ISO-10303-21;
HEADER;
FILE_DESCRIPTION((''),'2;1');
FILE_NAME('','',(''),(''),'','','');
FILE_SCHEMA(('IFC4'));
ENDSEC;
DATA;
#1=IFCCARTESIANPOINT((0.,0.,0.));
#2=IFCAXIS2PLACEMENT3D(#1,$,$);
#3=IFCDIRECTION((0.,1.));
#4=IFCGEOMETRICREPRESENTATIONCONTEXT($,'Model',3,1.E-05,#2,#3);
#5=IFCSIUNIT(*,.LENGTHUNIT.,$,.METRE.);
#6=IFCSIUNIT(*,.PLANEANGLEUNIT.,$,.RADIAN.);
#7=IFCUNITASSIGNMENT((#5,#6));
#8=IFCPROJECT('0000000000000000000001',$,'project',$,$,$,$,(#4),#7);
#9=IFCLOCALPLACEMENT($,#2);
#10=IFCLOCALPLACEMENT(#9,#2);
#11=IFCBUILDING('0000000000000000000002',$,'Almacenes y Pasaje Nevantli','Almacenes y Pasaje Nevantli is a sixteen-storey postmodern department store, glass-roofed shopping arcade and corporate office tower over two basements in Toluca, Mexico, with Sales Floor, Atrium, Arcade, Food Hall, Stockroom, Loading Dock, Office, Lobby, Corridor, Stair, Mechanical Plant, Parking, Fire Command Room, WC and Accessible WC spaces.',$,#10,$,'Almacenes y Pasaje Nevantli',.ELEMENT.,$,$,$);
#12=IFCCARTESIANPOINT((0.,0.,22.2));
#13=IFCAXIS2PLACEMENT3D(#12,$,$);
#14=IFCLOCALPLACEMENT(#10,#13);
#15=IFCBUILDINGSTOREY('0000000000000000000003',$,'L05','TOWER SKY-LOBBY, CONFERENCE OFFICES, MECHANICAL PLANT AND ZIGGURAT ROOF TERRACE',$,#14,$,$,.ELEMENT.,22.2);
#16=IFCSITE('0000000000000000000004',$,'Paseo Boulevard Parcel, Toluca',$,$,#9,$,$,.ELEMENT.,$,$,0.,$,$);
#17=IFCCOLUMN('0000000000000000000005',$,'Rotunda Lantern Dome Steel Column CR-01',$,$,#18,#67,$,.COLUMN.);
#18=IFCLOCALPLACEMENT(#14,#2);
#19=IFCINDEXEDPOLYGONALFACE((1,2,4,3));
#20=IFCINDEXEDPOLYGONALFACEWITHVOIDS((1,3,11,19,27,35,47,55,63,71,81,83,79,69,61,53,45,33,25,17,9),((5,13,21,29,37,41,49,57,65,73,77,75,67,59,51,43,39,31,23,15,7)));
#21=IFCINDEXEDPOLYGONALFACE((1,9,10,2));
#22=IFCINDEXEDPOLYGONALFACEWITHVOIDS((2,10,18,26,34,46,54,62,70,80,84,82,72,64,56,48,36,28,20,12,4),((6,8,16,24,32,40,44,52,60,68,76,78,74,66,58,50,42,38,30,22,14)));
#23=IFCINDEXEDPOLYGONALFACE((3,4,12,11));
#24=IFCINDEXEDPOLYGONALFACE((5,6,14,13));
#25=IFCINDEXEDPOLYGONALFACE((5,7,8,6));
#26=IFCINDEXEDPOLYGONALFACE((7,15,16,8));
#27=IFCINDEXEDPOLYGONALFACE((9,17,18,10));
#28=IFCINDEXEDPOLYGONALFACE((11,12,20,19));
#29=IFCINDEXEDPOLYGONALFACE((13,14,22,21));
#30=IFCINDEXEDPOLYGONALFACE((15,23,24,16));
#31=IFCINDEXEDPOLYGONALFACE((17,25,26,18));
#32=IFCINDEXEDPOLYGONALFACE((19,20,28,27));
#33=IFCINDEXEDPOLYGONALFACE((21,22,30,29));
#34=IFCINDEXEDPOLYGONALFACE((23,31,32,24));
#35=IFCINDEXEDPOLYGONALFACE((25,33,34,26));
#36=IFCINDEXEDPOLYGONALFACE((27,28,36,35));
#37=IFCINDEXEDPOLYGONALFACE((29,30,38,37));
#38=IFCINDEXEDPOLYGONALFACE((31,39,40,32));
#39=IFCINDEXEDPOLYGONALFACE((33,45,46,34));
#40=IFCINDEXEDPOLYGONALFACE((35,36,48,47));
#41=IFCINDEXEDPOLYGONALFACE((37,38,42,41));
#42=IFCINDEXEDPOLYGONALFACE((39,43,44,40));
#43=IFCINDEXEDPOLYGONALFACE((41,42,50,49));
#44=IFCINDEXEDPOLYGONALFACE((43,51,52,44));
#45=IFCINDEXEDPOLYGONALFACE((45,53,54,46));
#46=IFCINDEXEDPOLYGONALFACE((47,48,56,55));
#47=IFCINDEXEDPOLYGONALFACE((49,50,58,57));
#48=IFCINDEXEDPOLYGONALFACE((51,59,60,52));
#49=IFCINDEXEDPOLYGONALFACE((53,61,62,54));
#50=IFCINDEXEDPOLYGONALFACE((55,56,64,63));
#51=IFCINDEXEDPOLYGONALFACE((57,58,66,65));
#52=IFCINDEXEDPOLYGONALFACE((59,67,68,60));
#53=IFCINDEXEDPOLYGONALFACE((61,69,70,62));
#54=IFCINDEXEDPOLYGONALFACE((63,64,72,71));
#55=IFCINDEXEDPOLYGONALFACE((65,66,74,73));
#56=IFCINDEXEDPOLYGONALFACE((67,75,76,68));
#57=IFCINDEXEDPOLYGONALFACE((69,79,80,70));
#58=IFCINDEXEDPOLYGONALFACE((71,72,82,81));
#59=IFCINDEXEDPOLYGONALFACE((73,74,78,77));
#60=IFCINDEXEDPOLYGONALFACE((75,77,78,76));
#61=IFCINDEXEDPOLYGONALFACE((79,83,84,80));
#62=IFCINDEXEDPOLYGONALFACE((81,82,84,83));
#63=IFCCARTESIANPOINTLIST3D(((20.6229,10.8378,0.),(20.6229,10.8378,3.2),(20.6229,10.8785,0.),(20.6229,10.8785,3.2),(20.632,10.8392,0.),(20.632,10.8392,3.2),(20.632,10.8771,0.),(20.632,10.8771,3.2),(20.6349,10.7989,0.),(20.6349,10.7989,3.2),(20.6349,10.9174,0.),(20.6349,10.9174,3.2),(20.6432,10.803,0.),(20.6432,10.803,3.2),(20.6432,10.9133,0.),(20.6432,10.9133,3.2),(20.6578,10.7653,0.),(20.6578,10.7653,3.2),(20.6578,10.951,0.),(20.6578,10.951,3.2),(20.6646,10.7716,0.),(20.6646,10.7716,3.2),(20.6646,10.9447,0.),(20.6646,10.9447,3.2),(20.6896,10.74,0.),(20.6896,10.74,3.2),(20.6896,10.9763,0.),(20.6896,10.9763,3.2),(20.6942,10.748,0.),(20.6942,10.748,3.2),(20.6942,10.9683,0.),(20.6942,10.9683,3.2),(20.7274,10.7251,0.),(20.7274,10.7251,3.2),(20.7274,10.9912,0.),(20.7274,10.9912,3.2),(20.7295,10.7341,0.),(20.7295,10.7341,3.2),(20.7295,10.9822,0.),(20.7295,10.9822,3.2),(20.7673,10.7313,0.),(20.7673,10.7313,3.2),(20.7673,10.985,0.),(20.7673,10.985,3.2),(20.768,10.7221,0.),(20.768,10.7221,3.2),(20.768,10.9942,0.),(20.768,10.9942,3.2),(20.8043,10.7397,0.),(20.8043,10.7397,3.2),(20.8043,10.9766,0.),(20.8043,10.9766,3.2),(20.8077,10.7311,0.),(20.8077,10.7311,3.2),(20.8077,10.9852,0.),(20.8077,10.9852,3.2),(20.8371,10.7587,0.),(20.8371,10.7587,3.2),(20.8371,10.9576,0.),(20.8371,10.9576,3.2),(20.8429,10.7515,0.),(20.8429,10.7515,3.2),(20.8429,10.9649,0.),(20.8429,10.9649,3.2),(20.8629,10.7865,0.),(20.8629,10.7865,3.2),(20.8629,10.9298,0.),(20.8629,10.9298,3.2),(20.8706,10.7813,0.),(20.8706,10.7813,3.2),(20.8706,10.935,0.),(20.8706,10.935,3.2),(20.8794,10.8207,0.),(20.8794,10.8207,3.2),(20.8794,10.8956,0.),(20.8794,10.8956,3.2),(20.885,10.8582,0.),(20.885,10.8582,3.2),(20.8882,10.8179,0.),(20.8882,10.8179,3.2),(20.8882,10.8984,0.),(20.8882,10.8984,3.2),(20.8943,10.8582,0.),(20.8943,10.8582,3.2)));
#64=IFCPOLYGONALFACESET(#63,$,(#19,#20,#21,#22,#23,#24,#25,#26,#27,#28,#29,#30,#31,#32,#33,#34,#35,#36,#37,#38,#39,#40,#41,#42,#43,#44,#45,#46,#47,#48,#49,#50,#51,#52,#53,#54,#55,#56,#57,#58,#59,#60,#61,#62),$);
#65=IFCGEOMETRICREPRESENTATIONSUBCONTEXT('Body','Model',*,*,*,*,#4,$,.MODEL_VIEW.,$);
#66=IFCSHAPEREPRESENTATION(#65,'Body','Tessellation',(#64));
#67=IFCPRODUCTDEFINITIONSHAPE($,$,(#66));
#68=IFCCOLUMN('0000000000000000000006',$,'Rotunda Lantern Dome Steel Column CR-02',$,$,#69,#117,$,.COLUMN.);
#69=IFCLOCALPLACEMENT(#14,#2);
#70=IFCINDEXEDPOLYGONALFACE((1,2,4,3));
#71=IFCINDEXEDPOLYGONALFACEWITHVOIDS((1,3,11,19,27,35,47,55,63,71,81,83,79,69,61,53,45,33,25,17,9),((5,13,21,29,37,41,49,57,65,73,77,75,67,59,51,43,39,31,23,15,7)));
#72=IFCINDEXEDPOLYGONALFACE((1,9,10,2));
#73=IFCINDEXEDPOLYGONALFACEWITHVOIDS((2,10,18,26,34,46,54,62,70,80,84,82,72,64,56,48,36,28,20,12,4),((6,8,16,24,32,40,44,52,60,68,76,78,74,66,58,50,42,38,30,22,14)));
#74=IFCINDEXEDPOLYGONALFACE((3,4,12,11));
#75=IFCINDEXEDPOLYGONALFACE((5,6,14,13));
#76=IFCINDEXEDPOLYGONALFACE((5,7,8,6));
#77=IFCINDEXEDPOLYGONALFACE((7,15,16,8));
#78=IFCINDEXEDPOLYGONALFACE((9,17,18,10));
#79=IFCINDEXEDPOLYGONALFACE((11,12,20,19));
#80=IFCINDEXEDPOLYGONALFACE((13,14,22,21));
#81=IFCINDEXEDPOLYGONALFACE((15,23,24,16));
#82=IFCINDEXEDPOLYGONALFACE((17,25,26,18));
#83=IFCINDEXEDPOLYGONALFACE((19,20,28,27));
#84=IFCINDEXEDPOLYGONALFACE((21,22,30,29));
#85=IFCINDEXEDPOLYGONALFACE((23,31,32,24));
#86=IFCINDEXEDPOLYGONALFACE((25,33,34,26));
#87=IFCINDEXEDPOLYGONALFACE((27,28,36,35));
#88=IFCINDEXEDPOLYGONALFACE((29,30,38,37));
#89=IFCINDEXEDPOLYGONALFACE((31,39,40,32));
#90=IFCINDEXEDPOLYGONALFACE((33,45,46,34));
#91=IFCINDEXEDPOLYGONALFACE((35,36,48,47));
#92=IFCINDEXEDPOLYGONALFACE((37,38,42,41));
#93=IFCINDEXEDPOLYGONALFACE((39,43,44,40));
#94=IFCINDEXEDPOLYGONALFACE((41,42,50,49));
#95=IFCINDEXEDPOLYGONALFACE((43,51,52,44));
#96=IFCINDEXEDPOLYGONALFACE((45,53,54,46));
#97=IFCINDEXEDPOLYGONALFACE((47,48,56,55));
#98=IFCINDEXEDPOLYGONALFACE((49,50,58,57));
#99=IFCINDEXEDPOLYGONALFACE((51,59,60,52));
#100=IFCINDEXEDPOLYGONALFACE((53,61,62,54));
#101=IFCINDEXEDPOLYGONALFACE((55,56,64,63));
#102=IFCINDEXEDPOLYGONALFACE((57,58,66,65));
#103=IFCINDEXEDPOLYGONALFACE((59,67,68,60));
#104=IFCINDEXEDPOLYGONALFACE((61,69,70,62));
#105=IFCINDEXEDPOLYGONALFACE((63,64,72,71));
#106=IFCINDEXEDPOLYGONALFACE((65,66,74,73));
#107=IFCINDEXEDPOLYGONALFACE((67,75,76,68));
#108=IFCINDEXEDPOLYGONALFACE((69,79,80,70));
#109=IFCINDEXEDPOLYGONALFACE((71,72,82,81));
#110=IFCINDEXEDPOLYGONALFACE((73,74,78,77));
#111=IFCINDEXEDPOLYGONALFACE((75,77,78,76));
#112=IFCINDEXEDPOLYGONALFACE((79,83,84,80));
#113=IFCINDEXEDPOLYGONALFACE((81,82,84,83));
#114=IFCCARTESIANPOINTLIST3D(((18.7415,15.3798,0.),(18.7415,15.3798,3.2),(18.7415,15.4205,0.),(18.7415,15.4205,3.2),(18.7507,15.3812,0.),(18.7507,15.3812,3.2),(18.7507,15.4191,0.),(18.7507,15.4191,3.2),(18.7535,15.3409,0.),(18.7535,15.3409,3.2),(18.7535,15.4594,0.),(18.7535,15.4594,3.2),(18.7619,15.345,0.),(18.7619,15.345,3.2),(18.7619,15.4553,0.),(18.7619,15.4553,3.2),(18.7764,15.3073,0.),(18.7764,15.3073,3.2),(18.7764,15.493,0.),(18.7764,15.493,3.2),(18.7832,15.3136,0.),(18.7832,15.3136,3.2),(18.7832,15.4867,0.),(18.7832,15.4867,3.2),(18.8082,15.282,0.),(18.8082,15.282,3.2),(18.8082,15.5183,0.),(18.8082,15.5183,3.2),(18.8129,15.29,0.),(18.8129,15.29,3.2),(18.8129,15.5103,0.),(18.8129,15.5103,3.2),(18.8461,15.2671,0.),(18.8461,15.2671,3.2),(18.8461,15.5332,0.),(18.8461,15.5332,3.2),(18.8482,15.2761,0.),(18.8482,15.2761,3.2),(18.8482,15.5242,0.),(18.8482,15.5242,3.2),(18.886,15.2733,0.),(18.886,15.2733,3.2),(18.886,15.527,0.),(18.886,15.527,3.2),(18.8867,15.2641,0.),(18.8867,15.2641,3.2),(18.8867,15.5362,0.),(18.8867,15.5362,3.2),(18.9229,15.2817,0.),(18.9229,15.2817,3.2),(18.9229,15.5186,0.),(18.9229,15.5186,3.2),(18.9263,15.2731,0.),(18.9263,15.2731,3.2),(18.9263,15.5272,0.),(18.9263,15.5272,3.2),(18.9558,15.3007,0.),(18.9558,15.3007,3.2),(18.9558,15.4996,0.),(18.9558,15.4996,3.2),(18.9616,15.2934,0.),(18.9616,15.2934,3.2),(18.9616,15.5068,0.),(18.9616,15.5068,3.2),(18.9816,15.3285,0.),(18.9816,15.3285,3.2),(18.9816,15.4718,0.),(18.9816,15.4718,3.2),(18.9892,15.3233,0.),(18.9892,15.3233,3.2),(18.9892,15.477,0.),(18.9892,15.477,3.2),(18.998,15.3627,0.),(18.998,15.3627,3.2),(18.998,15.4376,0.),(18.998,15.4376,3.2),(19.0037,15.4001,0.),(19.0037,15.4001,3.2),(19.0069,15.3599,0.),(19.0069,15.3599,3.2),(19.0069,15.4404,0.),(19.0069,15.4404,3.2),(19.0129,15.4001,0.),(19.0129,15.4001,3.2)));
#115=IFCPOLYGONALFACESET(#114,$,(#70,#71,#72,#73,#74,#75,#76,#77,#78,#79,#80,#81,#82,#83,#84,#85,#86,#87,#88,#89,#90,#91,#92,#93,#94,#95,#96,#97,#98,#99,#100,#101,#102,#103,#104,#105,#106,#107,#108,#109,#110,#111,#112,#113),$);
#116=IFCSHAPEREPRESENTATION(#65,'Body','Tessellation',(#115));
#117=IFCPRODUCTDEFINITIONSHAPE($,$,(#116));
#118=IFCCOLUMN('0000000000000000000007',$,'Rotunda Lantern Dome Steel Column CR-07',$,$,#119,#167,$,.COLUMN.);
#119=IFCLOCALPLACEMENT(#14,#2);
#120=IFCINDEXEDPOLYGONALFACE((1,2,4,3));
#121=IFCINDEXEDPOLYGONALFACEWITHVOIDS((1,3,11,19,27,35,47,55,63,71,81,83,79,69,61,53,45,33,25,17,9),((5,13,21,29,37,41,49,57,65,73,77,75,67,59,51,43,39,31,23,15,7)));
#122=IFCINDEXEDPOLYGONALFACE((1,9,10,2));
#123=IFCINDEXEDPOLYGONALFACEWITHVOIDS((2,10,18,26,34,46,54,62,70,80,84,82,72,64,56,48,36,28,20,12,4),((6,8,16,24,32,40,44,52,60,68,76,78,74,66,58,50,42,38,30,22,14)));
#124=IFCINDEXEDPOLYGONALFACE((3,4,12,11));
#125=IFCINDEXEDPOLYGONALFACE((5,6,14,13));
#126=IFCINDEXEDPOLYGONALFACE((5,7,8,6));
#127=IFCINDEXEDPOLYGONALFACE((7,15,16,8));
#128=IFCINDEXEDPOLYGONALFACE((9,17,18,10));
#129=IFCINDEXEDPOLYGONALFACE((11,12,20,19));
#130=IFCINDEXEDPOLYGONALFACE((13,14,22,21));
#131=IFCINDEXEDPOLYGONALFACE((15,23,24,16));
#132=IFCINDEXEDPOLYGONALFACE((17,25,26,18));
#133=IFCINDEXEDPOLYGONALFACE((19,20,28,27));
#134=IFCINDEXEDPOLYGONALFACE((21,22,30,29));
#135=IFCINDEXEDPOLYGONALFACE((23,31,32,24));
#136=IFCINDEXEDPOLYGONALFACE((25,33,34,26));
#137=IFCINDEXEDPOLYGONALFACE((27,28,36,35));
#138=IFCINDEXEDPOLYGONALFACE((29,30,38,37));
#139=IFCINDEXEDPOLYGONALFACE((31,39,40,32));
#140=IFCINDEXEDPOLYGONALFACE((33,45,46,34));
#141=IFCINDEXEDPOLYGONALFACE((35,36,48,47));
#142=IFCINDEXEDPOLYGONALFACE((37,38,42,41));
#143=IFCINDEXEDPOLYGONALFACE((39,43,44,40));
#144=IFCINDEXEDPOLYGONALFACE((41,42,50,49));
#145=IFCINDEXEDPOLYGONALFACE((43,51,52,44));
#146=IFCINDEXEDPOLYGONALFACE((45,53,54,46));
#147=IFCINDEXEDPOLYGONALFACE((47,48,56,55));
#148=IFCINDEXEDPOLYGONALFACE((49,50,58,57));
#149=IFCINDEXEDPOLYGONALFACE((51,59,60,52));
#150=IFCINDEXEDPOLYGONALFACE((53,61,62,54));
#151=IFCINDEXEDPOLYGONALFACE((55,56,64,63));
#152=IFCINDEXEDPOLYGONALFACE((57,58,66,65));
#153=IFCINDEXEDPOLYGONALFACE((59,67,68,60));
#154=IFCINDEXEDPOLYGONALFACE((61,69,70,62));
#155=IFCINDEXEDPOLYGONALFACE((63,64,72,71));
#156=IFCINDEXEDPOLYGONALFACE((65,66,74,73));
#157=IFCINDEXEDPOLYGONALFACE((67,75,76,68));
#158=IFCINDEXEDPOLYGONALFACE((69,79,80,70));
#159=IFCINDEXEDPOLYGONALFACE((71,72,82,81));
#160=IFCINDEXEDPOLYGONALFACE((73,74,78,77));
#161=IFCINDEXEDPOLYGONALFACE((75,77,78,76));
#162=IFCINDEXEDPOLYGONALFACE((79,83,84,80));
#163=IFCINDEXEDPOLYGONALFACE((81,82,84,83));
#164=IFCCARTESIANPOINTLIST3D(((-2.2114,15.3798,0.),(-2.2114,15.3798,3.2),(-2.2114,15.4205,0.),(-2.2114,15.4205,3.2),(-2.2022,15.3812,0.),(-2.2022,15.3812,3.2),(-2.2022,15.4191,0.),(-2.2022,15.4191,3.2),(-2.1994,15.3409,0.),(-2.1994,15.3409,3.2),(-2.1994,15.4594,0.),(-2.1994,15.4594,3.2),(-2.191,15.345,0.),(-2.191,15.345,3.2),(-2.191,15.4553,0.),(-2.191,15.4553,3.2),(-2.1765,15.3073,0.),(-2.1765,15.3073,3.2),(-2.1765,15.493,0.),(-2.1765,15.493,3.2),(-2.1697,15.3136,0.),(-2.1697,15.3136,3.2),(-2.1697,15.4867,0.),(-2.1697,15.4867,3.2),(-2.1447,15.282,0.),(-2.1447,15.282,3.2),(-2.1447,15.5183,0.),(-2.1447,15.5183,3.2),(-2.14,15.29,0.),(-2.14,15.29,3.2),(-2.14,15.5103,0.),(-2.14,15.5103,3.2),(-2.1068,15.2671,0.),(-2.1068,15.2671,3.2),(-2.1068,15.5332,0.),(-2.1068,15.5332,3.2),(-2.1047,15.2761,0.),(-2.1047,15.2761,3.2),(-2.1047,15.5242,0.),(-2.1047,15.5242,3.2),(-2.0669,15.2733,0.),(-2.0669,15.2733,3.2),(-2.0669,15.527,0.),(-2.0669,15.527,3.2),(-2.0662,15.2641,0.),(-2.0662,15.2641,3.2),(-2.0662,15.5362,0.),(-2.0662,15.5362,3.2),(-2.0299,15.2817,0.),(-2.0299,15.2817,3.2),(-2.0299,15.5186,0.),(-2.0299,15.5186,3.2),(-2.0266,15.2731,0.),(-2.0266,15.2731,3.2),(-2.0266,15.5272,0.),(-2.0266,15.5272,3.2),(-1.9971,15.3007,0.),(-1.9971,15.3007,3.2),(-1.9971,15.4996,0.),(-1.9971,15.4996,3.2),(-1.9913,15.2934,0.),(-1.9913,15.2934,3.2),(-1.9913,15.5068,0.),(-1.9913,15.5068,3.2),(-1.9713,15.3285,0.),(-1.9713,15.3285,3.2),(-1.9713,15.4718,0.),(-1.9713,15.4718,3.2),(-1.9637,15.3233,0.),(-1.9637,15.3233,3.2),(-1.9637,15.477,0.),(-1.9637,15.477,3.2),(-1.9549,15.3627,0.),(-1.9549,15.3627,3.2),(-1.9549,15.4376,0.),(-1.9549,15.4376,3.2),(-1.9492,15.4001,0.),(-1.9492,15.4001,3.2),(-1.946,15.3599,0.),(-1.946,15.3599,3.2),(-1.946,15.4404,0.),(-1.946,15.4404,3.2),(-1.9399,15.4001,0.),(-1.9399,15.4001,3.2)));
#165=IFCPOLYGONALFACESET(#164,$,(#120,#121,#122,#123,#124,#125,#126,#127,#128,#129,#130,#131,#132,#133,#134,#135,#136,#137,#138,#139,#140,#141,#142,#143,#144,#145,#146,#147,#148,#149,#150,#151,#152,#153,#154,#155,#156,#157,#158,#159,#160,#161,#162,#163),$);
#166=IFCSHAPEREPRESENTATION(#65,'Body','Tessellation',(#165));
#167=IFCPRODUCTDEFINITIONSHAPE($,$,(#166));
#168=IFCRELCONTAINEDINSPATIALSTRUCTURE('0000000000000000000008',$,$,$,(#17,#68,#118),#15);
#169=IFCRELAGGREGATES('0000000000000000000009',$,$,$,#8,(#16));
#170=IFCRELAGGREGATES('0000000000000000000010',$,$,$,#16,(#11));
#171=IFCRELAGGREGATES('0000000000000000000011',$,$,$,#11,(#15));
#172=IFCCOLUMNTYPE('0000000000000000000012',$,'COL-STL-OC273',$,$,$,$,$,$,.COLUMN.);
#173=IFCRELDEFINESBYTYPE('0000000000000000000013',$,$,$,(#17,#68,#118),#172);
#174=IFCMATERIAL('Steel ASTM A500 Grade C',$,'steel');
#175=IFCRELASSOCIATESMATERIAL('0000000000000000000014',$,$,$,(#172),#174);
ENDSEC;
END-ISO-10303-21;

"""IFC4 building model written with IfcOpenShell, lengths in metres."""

from ifc_helpers import new_model, si_unit, direction, frame, origin, origin_2d, place, context, subcontext, project, spatial, hollow_circle, extrude, material, material_profile, profile_set, type_object, element, save


model = new_model("IFC4")

# Units and contexts
model_context = context("Model", 3, precision=1e-05, world=origin(), true_north=direction((0.0, 1.0)))
body_context = subcontext(model_context, "Body", "Model", "MODEL_VIEW")
ifc_project = project(units=[si_unit("LENGTHUNIT", "METRE"), si_unit("PLANEANGLEUNIT", "RADIAN")], contexts=[model_context])

# Site, building, storey
site_placement = place(None, origin())
site = spatial("IfcSite", under=ifc_project, at=site_placement, Name="Paseo Boulevard Parcel, Toluca", CompositionType="ELEMENT", RefElevation=0.0)
building_placement = place(site_placement, origin())
building = spatial("IfcBuilding", under=site, at=building_placement, Name="Almacenes y Pasaje Nevantli", Description="Almacenes y Pasaje Nevantli is a sixteen-storey postmodern department store, glass-roofed shopping arcade and corporate office tower over two basements in Toluca, Mexico, with Sales Floor, Atrium, Arcade, Food Hall, Stockroom, Loading Dock, Office, Lobby, Corridor, Stair, Mechanical Plant, Parking, Fire Command Room, WC and Accessible WC spaces.", LongName="Almacenes y Pasaje Nevantli", CompositionType="ELEMENT")
storey_placement = place(building_placement, frame((0.0, 0.0, 22.2)))
storey = spatial("IfcBuildingStorey", under=building, at=storey_placement, Name="L05", Description="TOWER SKY-LOBBY, CONFERENCE OFFICES, MECHANICAL PLANT AND ZIGGURAT ROOF TERRACE", CompositionType="ELEMENT", Elevation=22.2)

# Columns
ifc_material_1 = material(Name="Steel ASTM A500 Grade C", Category="steel")
ifc_material_profile_1 = material_profile(ifc_material_1, hollow_circle(Radius=0.1365, WallThickness=0.0093, at=origin_2d()), Name="OC 273x9.3")
ifc_profile_set_1 = profile_set([ifc_material_profile_1], Name="Steel ASTM A500 Grade C")
column_type = type_object("IfcColumnType", Name="COL-STL-OC273", PredefinedType="COLUMN", material=ifc_profile_set_1)
for number, where, z_axis, x_axis, name in (
    (1, (20.7578, 10.8582, 0.0), (0.0, 0.0, 1.0), (1.0, 0.0, 0.0), "Rotunda Lantern Dome Steel Column CR-01"),
    (2, (18.8765, 15.4001, 0.0), (0.0, 0.0, 1.0), (1.0, 0.0, 0.0), "Rotunda Lantern Dome Steel Column CR-02"),
    (3, (-2.0764, 15.4001, 0.0), (0.0, 0.0, 1.0), (1.0, 0.0, 0.0), "Rotunda Lantern Dome Steel Column CR-07"),
):
    element("IfcColumn", number, at=place(storey_placement, frame(where, z_axis=z_axis, x_axis=x_axis)), inside=storey, type_object=column_type, Name=name, PredefinedType="COLUMN", context=body_context, shape_type="SweptSolid", body=[
        extrude(hollow_circle(Radius=0.1365, WallThickness=0.0093, at=origin_2d()), origin(), (0.0, 0.0, 1.0), 3.2),
    ])

save(model, "model.ifc")
